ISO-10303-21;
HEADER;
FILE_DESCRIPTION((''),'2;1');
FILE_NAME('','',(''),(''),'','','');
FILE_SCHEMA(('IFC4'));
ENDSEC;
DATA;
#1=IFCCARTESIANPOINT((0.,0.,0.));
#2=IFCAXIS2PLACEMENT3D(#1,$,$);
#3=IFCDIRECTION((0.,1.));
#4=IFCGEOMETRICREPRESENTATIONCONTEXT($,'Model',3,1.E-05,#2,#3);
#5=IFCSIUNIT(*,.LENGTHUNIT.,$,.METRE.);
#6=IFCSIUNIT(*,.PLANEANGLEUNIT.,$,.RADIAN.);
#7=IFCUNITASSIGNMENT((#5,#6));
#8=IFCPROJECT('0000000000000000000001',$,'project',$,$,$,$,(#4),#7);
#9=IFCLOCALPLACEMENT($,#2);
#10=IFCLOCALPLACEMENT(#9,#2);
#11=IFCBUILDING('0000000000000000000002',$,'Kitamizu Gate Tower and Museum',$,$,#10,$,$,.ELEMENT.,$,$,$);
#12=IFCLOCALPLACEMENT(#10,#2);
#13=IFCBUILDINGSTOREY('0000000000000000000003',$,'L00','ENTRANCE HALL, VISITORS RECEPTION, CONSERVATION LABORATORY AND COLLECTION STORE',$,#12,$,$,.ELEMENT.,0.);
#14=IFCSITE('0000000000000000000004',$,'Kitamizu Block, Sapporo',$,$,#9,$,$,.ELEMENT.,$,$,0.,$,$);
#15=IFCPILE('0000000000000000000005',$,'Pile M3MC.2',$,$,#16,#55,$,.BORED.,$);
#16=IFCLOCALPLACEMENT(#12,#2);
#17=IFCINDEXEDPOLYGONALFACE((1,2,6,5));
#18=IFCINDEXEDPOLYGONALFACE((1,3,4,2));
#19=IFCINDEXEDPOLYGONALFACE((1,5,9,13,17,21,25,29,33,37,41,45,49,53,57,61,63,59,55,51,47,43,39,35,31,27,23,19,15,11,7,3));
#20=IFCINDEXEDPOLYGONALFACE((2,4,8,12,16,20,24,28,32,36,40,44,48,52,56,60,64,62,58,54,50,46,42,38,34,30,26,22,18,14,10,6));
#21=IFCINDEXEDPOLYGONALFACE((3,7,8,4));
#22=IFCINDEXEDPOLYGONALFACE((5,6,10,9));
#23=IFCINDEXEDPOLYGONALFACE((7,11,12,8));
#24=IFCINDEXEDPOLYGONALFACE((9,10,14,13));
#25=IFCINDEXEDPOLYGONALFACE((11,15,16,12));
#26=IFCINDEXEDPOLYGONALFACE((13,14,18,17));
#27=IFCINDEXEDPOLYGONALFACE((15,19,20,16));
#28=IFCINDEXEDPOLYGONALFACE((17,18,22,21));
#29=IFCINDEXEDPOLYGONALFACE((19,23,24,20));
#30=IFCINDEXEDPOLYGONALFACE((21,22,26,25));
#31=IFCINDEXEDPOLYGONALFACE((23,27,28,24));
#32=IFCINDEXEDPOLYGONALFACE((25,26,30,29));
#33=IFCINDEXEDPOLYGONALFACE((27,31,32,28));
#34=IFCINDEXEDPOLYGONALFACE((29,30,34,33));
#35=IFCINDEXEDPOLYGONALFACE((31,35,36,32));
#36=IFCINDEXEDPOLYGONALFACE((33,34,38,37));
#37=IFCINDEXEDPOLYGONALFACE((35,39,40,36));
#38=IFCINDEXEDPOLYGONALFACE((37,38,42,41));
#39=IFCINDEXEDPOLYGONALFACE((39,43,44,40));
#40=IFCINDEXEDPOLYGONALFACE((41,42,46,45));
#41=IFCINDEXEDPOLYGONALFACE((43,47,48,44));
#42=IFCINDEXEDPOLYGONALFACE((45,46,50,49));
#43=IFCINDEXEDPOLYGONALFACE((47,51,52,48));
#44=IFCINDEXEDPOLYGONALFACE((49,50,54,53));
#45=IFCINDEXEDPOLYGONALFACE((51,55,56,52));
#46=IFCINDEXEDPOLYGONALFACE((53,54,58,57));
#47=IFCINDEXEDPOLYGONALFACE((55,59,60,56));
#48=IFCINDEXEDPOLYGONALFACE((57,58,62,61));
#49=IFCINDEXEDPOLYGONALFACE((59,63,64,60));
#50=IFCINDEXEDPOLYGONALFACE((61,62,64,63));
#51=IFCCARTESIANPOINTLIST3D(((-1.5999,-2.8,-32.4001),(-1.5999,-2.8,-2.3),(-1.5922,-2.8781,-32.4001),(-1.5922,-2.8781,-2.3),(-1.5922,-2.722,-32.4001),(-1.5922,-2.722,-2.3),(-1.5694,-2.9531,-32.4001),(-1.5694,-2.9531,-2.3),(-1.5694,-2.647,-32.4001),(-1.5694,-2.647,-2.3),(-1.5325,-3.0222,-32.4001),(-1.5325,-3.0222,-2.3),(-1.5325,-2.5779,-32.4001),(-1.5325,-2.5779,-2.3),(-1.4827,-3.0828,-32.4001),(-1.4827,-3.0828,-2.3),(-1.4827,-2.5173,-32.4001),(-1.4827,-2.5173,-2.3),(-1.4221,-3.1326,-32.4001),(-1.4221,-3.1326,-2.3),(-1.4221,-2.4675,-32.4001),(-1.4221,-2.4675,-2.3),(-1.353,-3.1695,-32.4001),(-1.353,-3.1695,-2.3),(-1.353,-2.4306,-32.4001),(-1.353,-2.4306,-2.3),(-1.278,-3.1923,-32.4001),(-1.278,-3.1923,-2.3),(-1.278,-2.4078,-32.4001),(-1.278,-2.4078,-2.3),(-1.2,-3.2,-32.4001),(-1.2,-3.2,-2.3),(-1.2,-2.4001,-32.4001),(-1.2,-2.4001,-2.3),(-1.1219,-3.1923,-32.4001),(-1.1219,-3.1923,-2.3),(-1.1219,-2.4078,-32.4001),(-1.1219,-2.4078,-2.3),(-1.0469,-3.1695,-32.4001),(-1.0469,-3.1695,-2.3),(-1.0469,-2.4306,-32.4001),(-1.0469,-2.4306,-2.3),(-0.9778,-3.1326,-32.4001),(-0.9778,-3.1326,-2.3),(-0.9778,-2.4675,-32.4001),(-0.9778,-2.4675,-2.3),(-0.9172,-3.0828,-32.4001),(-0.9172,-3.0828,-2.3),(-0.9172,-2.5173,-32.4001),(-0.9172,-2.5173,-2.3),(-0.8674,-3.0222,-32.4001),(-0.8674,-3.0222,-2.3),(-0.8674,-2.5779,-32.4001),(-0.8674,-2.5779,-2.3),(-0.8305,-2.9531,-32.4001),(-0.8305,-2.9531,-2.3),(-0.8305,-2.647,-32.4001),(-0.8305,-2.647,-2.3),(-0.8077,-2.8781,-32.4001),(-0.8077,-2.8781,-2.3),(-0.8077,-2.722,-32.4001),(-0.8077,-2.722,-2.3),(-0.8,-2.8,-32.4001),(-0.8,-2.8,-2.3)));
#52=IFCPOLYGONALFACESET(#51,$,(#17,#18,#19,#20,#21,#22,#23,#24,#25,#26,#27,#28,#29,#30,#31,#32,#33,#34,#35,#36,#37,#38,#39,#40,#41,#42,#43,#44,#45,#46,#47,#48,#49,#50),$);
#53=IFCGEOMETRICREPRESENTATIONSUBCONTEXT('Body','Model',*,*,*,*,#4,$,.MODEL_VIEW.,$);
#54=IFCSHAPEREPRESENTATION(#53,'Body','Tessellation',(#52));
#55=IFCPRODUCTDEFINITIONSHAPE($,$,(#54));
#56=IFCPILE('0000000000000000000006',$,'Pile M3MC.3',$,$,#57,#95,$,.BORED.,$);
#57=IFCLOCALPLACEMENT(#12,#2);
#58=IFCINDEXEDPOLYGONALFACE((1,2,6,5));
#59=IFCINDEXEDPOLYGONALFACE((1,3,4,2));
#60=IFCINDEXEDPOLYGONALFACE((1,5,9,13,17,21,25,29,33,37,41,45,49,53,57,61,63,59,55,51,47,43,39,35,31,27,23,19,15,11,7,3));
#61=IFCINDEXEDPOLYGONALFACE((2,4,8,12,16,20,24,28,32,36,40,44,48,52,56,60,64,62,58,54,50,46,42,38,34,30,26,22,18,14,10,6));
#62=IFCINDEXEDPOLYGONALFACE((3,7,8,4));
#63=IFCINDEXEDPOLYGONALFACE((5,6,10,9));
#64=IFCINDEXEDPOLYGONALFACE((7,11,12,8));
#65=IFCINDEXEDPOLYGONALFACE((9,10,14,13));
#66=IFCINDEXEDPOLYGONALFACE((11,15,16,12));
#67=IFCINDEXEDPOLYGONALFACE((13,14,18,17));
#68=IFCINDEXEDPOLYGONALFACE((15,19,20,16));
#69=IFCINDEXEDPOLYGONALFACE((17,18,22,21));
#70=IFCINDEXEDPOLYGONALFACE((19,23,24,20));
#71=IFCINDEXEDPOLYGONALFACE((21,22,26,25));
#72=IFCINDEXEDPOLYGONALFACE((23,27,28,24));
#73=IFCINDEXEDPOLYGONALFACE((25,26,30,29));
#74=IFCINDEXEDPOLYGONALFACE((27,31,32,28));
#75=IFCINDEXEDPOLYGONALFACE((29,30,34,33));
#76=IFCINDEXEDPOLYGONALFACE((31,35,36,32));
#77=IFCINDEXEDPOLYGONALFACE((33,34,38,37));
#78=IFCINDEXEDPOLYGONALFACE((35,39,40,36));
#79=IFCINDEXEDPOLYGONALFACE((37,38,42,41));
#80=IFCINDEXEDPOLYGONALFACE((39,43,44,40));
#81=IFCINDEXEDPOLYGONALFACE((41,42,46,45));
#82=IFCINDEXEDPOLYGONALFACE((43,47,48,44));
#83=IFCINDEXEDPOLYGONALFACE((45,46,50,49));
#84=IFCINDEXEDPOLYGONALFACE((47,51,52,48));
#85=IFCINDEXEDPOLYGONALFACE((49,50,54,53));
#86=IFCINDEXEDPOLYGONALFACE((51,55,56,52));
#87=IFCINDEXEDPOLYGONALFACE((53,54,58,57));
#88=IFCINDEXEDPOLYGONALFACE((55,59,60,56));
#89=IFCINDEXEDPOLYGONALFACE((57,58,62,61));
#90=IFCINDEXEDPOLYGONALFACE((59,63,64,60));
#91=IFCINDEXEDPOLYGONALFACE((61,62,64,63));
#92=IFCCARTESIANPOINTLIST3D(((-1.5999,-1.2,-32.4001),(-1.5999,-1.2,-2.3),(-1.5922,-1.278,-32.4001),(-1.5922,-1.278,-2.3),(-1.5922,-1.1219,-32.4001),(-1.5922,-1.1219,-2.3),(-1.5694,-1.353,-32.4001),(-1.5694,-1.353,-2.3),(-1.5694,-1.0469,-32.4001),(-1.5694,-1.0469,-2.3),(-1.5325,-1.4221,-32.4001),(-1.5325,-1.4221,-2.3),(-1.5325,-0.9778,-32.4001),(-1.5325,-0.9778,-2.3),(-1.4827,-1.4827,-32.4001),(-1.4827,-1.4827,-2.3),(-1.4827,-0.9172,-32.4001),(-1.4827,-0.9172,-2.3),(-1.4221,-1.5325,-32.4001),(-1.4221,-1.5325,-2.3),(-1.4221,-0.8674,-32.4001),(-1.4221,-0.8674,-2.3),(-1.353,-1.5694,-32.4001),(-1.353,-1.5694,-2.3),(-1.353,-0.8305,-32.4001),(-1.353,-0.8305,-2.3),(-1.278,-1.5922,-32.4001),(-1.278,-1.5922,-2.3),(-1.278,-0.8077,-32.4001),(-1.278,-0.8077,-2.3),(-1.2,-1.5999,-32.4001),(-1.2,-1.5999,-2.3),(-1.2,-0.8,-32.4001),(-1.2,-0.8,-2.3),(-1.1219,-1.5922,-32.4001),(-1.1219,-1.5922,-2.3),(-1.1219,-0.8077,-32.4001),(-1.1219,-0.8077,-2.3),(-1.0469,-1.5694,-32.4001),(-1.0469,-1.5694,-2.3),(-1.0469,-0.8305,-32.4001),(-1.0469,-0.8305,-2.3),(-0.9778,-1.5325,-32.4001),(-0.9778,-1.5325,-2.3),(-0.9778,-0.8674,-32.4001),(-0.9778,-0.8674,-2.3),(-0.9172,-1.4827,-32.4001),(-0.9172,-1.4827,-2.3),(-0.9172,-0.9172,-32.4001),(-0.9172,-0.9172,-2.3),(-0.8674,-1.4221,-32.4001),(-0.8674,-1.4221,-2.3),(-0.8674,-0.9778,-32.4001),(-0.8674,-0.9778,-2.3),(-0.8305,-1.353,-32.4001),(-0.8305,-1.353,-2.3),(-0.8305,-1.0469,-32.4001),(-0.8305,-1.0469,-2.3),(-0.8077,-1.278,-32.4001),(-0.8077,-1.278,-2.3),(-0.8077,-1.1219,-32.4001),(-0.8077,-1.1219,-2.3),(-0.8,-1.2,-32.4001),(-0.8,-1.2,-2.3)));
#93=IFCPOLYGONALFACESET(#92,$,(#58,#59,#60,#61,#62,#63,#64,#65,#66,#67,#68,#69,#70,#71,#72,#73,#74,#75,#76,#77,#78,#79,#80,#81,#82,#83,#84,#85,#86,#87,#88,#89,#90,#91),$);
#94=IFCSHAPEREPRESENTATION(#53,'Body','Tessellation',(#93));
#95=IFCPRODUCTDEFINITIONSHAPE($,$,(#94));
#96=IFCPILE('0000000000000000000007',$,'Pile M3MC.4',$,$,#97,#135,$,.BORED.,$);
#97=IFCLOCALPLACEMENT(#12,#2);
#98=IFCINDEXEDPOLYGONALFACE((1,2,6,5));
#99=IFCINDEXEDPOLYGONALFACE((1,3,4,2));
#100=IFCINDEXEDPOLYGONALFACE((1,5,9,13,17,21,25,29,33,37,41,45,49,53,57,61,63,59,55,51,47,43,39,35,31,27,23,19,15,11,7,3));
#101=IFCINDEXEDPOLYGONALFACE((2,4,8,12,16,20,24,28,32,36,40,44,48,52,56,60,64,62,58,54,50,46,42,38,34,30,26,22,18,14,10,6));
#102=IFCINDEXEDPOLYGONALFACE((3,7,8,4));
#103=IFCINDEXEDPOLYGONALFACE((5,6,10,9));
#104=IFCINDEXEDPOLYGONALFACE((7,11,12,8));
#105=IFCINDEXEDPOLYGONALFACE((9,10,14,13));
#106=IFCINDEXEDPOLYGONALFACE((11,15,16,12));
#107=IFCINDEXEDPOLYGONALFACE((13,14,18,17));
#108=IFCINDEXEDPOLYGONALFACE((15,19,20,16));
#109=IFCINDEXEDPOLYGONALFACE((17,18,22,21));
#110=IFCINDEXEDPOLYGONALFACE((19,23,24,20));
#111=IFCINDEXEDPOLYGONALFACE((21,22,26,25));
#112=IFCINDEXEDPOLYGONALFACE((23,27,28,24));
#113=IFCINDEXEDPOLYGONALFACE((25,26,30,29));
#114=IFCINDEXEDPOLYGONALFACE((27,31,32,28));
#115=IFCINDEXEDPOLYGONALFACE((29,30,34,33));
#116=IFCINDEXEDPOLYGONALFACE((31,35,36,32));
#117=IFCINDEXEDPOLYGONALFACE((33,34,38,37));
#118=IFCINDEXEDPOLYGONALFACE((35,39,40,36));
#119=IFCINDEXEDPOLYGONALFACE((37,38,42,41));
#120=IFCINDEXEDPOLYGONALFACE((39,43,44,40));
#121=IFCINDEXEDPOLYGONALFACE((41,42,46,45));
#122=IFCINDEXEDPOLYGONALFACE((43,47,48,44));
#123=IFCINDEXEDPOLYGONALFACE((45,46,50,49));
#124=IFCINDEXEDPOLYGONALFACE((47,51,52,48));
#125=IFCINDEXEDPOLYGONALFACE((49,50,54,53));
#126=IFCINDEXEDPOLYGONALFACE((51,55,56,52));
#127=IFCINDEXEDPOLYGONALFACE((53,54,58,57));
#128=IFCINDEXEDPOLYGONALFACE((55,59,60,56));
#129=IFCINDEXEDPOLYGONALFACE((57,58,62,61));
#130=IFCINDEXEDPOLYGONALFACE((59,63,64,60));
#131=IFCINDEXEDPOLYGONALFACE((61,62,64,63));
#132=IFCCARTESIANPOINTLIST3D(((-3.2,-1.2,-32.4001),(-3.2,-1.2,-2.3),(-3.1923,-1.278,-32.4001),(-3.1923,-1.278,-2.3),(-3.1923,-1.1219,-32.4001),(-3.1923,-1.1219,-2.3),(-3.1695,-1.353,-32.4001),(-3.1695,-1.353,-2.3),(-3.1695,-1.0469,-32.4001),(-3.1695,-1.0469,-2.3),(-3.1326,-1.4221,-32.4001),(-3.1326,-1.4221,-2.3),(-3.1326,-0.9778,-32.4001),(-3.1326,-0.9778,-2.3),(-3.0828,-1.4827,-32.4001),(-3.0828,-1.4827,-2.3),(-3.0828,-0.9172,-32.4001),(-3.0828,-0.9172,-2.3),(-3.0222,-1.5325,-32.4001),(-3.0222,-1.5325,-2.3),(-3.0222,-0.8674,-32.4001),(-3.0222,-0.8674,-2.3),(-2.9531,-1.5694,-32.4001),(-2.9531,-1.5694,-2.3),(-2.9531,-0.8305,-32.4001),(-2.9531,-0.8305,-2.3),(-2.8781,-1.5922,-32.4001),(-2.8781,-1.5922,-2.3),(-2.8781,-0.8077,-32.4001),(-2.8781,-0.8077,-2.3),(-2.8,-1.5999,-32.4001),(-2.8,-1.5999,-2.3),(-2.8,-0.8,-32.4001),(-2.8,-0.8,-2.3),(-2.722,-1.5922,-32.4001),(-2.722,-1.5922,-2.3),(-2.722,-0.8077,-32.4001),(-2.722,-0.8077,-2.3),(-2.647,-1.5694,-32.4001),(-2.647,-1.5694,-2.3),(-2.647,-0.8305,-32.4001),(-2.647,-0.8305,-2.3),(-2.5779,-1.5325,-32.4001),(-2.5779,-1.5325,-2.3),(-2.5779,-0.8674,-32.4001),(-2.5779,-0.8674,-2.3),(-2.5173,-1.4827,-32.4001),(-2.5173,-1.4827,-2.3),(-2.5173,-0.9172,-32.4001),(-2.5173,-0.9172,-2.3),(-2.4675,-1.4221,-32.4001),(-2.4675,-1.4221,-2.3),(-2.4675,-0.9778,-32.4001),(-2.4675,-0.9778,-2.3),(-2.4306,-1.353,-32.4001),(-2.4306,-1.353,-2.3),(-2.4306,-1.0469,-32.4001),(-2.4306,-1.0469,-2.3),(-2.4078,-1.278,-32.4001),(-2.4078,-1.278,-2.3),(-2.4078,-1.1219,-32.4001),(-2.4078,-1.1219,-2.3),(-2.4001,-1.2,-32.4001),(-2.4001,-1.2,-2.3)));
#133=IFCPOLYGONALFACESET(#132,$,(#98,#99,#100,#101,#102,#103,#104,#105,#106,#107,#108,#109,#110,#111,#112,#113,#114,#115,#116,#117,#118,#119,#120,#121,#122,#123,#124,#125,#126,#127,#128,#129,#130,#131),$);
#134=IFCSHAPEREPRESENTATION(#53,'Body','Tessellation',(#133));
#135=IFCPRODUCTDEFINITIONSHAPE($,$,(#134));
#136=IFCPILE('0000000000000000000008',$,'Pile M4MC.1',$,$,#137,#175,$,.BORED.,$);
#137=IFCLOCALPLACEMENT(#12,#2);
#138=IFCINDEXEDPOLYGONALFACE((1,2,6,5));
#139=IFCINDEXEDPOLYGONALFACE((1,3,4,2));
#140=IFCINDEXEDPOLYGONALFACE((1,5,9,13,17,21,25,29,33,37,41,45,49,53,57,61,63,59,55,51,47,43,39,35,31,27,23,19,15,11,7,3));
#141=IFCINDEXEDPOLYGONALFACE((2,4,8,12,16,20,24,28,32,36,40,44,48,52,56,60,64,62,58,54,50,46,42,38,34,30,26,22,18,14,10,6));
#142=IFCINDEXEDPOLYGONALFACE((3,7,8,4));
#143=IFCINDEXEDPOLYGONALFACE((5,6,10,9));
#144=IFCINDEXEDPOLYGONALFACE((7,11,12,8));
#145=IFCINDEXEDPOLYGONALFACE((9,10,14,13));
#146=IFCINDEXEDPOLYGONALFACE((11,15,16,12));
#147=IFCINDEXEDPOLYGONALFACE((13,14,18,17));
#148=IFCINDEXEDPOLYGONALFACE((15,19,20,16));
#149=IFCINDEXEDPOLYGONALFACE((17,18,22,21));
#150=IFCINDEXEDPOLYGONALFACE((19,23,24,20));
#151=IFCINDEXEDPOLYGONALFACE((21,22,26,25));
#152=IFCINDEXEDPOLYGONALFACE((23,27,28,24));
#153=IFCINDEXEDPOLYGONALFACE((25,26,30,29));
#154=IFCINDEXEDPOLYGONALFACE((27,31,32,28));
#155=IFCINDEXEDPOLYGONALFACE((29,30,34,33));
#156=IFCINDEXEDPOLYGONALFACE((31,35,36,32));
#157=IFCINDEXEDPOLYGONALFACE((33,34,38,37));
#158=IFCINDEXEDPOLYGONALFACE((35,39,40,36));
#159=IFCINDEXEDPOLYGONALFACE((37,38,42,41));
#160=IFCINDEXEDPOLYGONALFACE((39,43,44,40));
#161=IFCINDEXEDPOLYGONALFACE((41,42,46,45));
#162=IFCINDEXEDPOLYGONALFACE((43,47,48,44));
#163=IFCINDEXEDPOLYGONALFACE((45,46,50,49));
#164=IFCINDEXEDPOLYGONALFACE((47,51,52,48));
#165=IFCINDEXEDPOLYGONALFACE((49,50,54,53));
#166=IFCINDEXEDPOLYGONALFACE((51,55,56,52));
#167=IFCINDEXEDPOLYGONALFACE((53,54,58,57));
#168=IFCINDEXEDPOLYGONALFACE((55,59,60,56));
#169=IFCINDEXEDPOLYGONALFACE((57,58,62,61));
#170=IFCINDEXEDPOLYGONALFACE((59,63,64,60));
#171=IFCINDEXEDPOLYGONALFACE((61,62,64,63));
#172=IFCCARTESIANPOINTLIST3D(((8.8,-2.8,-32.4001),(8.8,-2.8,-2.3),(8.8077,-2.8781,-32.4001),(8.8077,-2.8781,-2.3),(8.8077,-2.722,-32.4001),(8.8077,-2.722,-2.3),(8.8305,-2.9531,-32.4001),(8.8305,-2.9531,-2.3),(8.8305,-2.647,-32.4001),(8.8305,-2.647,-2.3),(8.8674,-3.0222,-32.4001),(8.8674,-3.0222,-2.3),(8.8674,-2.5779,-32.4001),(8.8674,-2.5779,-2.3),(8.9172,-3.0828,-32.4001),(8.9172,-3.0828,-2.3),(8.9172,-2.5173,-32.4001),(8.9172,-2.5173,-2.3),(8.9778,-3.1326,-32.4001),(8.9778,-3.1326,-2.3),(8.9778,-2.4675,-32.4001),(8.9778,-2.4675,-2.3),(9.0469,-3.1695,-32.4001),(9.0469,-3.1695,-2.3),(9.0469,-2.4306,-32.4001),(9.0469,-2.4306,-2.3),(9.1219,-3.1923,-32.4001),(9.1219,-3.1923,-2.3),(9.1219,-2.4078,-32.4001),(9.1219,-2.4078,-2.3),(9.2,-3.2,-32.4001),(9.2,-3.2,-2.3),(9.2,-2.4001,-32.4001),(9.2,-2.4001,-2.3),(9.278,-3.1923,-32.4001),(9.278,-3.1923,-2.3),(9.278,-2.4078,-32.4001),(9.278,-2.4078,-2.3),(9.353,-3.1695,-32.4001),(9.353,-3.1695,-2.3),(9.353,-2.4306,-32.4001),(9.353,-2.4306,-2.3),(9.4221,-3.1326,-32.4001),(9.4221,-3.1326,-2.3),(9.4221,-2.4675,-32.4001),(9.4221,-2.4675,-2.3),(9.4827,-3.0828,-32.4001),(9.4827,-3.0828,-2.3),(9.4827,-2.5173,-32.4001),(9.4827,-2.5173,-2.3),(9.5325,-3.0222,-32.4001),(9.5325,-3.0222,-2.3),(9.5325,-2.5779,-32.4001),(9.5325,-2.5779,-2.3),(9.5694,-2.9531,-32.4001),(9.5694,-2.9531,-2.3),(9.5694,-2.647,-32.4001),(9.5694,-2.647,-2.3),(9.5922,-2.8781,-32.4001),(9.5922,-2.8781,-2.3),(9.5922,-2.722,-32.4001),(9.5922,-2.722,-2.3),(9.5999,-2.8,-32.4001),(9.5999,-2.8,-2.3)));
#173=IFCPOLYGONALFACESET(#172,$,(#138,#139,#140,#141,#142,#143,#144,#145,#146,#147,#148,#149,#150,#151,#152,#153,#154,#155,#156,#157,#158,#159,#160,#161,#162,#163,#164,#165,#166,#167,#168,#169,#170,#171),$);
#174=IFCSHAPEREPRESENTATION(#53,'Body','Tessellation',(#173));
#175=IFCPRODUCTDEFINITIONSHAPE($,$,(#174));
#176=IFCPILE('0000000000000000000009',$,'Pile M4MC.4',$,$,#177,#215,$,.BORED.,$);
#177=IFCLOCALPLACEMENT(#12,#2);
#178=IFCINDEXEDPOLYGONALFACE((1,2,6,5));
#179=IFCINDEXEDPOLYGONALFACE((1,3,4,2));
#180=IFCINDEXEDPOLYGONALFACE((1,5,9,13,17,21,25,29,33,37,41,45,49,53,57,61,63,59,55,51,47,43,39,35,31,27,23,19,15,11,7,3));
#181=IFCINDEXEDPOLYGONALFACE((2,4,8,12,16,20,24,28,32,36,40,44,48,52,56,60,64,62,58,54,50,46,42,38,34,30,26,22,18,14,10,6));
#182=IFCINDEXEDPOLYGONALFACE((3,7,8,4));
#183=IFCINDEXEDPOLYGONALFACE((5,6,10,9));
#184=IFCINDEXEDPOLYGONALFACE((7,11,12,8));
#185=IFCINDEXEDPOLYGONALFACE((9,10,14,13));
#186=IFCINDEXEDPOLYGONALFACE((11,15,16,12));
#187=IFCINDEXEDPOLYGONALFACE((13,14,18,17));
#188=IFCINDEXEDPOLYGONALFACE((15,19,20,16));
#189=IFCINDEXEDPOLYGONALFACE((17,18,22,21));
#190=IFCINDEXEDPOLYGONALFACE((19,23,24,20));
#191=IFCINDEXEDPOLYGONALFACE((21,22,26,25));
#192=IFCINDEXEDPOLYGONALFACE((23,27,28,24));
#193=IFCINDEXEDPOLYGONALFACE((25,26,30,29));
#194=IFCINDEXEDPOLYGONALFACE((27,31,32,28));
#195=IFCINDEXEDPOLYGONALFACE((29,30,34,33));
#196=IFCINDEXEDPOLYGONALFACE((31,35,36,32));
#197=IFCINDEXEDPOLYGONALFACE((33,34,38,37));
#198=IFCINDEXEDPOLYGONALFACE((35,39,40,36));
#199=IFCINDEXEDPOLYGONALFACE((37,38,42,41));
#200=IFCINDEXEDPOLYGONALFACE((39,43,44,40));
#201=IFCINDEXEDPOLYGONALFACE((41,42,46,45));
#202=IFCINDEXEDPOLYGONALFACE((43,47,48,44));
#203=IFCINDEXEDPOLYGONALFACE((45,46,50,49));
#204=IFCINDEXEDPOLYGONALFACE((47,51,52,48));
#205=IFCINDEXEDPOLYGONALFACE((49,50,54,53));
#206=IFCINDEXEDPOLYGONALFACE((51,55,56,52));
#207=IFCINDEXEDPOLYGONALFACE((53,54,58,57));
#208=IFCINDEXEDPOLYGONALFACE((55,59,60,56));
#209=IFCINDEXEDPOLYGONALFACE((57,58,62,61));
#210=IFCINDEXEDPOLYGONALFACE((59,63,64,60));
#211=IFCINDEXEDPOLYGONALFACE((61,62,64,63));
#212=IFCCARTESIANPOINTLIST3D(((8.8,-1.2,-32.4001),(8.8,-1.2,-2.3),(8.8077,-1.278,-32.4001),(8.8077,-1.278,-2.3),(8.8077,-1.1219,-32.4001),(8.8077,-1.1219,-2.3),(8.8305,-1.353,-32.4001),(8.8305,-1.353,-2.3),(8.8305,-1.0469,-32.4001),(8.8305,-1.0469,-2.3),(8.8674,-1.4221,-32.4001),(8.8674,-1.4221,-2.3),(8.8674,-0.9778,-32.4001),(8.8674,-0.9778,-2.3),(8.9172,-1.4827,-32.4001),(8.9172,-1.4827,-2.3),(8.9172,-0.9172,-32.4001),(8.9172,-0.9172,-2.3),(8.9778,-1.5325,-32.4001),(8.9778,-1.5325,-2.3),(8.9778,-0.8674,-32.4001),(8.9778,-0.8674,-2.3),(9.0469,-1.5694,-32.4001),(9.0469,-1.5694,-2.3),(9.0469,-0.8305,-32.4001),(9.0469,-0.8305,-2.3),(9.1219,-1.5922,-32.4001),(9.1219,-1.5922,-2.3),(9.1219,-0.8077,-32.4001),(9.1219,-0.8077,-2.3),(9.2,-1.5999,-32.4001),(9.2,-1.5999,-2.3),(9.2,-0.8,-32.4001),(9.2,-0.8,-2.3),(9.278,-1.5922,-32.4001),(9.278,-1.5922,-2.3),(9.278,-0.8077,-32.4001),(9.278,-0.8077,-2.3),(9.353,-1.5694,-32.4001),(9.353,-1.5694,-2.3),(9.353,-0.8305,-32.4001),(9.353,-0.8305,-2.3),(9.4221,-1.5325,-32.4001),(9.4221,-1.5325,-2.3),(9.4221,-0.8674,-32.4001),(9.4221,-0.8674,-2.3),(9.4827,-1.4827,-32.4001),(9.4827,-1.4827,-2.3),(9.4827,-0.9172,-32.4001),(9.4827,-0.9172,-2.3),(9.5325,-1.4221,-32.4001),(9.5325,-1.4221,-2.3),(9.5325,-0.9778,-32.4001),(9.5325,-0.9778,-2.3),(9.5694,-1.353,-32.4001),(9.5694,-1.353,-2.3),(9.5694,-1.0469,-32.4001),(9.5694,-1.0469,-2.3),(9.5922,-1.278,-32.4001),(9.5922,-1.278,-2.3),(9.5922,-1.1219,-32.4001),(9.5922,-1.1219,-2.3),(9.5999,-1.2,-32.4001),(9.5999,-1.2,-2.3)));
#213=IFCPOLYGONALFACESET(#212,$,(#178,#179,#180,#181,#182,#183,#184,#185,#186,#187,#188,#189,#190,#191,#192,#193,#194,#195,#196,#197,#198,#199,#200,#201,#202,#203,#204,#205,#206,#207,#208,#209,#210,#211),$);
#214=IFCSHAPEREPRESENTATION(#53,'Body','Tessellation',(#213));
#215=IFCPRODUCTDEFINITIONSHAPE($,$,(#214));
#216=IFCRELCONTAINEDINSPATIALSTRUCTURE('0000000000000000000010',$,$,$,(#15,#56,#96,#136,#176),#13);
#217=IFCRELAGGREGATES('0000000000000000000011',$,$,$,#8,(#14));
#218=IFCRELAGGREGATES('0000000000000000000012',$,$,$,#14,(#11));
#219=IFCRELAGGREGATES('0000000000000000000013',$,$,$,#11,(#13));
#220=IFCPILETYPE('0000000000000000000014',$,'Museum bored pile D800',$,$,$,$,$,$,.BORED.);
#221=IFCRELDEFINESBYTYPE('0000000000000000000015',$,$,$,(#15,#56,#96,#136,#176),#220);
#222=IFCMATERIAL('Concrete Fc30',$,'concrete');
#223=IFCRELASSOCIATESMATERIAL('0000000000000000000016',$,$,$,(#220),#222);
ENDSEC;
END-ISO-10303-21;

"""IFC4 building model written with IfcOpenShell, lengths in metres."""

from ifc_helpers import new_model, si_unit, direction, frame, origin, origin_2d, place, context, subcontext, project, spatial, circle, extrude, material, material_profile, profile_set, type_object, element, save


model = new_model("IFC4")

# Units and contexts
model_context = context("Model", 3, precision=1e-05, world=origin(), true_north=direction((0.0, 1.0)))
body_context = subcontext(model_context, "Body", "Model", "MODEL_VIEW")
ifc_project = project(units=[si_unit("LENGTHUNIT", "METRE"), si_unit("PLANEANGLEUNIT", "RADIAN")], contexts=[model_context])

# Site, building, storey
site_placement = place(None, origin())
site = spatial("IfcSite", under=ifc_project, at=site_placement, Name="Kitamizu Block, Sapporo", CompositionType="ELEMENT", RefElevation=0.0)
building_placement = place(site_placement, origin())
building = spatial("IfcBuilding", under=site, at=building_placement, Name="Kitamizu Gate Tower and Museum", CompositionType="ELEMENT")
storey_placement = place(building_placement, origin())
storey = spatial("IfcBuildingStorey", under=building, at=storey_placement, Name="L00", Description="ENTRANCE HALL, VISITORS RECEPTION, CONSERVATION LABORATORY AND COLLECTION STORE", CompositionType="ELEMENT", Elevation=0.0)

# Piles
ifc_material_1 = material(Name="Concrete Fc30", Category="concrete")
ifc_material_profile_1 = material_profile(ifc_material_1, circle(Radius=0.3999, at=origin_2d()), Name="D800")
ifc_profile_set_1 = profile_set([ifc_material_profile_1], Name="Concrete Fc30")
pile_type = type_object("IfcPileType", Name="Museum bored pile D800", PredefinedType="BORED", material=ifc_profile_set_1)
for number, where, z_axis, x_axis, name in (
    (1, (-1.2, -2.8, -2.3), (0.0, 0.0, -1.0), (1.0, 0.0, 0.0), "Pile M3MC.2"),
    (2, (-1.2, -1.2, -2.3), (0.0, 0.0, -1.0), (1.0, 0.0, 0.0), "Pile M3MC.3"),
    (3, (-2.8, -1.2, -2.3), (0.0, 0.0, -1.0), (1.0, 0.0, 0.0), "Pile M3MC.4"),
    (4, (9.2, -2.8, -2.3), (0.0, 0.0, -1.0), (1.0, 0.0, 0.0), "Pile M4MC.1"),
    (5, (9.2, -1.2, -2.3), (0.0, 0.0, -1.0), (1.0, 0.0, 0.0), "Pile M4MC.4"),
):
    element("IfcPile", number, at=place(storey_placement, frame(where, z_axis=z_axis, x_axis=x_axis)), inside=storey, type_object=pile_type, Name=name, PredefinedType="BORED", context=body_context, shape_type="SweptSolid", body=[
        extrude(circle(Radius=0.3999, at=origin_2d()), origin(), (0.0, 0.0, 1.0), 30.1001),
    ])

save(model, "model.ifc")
